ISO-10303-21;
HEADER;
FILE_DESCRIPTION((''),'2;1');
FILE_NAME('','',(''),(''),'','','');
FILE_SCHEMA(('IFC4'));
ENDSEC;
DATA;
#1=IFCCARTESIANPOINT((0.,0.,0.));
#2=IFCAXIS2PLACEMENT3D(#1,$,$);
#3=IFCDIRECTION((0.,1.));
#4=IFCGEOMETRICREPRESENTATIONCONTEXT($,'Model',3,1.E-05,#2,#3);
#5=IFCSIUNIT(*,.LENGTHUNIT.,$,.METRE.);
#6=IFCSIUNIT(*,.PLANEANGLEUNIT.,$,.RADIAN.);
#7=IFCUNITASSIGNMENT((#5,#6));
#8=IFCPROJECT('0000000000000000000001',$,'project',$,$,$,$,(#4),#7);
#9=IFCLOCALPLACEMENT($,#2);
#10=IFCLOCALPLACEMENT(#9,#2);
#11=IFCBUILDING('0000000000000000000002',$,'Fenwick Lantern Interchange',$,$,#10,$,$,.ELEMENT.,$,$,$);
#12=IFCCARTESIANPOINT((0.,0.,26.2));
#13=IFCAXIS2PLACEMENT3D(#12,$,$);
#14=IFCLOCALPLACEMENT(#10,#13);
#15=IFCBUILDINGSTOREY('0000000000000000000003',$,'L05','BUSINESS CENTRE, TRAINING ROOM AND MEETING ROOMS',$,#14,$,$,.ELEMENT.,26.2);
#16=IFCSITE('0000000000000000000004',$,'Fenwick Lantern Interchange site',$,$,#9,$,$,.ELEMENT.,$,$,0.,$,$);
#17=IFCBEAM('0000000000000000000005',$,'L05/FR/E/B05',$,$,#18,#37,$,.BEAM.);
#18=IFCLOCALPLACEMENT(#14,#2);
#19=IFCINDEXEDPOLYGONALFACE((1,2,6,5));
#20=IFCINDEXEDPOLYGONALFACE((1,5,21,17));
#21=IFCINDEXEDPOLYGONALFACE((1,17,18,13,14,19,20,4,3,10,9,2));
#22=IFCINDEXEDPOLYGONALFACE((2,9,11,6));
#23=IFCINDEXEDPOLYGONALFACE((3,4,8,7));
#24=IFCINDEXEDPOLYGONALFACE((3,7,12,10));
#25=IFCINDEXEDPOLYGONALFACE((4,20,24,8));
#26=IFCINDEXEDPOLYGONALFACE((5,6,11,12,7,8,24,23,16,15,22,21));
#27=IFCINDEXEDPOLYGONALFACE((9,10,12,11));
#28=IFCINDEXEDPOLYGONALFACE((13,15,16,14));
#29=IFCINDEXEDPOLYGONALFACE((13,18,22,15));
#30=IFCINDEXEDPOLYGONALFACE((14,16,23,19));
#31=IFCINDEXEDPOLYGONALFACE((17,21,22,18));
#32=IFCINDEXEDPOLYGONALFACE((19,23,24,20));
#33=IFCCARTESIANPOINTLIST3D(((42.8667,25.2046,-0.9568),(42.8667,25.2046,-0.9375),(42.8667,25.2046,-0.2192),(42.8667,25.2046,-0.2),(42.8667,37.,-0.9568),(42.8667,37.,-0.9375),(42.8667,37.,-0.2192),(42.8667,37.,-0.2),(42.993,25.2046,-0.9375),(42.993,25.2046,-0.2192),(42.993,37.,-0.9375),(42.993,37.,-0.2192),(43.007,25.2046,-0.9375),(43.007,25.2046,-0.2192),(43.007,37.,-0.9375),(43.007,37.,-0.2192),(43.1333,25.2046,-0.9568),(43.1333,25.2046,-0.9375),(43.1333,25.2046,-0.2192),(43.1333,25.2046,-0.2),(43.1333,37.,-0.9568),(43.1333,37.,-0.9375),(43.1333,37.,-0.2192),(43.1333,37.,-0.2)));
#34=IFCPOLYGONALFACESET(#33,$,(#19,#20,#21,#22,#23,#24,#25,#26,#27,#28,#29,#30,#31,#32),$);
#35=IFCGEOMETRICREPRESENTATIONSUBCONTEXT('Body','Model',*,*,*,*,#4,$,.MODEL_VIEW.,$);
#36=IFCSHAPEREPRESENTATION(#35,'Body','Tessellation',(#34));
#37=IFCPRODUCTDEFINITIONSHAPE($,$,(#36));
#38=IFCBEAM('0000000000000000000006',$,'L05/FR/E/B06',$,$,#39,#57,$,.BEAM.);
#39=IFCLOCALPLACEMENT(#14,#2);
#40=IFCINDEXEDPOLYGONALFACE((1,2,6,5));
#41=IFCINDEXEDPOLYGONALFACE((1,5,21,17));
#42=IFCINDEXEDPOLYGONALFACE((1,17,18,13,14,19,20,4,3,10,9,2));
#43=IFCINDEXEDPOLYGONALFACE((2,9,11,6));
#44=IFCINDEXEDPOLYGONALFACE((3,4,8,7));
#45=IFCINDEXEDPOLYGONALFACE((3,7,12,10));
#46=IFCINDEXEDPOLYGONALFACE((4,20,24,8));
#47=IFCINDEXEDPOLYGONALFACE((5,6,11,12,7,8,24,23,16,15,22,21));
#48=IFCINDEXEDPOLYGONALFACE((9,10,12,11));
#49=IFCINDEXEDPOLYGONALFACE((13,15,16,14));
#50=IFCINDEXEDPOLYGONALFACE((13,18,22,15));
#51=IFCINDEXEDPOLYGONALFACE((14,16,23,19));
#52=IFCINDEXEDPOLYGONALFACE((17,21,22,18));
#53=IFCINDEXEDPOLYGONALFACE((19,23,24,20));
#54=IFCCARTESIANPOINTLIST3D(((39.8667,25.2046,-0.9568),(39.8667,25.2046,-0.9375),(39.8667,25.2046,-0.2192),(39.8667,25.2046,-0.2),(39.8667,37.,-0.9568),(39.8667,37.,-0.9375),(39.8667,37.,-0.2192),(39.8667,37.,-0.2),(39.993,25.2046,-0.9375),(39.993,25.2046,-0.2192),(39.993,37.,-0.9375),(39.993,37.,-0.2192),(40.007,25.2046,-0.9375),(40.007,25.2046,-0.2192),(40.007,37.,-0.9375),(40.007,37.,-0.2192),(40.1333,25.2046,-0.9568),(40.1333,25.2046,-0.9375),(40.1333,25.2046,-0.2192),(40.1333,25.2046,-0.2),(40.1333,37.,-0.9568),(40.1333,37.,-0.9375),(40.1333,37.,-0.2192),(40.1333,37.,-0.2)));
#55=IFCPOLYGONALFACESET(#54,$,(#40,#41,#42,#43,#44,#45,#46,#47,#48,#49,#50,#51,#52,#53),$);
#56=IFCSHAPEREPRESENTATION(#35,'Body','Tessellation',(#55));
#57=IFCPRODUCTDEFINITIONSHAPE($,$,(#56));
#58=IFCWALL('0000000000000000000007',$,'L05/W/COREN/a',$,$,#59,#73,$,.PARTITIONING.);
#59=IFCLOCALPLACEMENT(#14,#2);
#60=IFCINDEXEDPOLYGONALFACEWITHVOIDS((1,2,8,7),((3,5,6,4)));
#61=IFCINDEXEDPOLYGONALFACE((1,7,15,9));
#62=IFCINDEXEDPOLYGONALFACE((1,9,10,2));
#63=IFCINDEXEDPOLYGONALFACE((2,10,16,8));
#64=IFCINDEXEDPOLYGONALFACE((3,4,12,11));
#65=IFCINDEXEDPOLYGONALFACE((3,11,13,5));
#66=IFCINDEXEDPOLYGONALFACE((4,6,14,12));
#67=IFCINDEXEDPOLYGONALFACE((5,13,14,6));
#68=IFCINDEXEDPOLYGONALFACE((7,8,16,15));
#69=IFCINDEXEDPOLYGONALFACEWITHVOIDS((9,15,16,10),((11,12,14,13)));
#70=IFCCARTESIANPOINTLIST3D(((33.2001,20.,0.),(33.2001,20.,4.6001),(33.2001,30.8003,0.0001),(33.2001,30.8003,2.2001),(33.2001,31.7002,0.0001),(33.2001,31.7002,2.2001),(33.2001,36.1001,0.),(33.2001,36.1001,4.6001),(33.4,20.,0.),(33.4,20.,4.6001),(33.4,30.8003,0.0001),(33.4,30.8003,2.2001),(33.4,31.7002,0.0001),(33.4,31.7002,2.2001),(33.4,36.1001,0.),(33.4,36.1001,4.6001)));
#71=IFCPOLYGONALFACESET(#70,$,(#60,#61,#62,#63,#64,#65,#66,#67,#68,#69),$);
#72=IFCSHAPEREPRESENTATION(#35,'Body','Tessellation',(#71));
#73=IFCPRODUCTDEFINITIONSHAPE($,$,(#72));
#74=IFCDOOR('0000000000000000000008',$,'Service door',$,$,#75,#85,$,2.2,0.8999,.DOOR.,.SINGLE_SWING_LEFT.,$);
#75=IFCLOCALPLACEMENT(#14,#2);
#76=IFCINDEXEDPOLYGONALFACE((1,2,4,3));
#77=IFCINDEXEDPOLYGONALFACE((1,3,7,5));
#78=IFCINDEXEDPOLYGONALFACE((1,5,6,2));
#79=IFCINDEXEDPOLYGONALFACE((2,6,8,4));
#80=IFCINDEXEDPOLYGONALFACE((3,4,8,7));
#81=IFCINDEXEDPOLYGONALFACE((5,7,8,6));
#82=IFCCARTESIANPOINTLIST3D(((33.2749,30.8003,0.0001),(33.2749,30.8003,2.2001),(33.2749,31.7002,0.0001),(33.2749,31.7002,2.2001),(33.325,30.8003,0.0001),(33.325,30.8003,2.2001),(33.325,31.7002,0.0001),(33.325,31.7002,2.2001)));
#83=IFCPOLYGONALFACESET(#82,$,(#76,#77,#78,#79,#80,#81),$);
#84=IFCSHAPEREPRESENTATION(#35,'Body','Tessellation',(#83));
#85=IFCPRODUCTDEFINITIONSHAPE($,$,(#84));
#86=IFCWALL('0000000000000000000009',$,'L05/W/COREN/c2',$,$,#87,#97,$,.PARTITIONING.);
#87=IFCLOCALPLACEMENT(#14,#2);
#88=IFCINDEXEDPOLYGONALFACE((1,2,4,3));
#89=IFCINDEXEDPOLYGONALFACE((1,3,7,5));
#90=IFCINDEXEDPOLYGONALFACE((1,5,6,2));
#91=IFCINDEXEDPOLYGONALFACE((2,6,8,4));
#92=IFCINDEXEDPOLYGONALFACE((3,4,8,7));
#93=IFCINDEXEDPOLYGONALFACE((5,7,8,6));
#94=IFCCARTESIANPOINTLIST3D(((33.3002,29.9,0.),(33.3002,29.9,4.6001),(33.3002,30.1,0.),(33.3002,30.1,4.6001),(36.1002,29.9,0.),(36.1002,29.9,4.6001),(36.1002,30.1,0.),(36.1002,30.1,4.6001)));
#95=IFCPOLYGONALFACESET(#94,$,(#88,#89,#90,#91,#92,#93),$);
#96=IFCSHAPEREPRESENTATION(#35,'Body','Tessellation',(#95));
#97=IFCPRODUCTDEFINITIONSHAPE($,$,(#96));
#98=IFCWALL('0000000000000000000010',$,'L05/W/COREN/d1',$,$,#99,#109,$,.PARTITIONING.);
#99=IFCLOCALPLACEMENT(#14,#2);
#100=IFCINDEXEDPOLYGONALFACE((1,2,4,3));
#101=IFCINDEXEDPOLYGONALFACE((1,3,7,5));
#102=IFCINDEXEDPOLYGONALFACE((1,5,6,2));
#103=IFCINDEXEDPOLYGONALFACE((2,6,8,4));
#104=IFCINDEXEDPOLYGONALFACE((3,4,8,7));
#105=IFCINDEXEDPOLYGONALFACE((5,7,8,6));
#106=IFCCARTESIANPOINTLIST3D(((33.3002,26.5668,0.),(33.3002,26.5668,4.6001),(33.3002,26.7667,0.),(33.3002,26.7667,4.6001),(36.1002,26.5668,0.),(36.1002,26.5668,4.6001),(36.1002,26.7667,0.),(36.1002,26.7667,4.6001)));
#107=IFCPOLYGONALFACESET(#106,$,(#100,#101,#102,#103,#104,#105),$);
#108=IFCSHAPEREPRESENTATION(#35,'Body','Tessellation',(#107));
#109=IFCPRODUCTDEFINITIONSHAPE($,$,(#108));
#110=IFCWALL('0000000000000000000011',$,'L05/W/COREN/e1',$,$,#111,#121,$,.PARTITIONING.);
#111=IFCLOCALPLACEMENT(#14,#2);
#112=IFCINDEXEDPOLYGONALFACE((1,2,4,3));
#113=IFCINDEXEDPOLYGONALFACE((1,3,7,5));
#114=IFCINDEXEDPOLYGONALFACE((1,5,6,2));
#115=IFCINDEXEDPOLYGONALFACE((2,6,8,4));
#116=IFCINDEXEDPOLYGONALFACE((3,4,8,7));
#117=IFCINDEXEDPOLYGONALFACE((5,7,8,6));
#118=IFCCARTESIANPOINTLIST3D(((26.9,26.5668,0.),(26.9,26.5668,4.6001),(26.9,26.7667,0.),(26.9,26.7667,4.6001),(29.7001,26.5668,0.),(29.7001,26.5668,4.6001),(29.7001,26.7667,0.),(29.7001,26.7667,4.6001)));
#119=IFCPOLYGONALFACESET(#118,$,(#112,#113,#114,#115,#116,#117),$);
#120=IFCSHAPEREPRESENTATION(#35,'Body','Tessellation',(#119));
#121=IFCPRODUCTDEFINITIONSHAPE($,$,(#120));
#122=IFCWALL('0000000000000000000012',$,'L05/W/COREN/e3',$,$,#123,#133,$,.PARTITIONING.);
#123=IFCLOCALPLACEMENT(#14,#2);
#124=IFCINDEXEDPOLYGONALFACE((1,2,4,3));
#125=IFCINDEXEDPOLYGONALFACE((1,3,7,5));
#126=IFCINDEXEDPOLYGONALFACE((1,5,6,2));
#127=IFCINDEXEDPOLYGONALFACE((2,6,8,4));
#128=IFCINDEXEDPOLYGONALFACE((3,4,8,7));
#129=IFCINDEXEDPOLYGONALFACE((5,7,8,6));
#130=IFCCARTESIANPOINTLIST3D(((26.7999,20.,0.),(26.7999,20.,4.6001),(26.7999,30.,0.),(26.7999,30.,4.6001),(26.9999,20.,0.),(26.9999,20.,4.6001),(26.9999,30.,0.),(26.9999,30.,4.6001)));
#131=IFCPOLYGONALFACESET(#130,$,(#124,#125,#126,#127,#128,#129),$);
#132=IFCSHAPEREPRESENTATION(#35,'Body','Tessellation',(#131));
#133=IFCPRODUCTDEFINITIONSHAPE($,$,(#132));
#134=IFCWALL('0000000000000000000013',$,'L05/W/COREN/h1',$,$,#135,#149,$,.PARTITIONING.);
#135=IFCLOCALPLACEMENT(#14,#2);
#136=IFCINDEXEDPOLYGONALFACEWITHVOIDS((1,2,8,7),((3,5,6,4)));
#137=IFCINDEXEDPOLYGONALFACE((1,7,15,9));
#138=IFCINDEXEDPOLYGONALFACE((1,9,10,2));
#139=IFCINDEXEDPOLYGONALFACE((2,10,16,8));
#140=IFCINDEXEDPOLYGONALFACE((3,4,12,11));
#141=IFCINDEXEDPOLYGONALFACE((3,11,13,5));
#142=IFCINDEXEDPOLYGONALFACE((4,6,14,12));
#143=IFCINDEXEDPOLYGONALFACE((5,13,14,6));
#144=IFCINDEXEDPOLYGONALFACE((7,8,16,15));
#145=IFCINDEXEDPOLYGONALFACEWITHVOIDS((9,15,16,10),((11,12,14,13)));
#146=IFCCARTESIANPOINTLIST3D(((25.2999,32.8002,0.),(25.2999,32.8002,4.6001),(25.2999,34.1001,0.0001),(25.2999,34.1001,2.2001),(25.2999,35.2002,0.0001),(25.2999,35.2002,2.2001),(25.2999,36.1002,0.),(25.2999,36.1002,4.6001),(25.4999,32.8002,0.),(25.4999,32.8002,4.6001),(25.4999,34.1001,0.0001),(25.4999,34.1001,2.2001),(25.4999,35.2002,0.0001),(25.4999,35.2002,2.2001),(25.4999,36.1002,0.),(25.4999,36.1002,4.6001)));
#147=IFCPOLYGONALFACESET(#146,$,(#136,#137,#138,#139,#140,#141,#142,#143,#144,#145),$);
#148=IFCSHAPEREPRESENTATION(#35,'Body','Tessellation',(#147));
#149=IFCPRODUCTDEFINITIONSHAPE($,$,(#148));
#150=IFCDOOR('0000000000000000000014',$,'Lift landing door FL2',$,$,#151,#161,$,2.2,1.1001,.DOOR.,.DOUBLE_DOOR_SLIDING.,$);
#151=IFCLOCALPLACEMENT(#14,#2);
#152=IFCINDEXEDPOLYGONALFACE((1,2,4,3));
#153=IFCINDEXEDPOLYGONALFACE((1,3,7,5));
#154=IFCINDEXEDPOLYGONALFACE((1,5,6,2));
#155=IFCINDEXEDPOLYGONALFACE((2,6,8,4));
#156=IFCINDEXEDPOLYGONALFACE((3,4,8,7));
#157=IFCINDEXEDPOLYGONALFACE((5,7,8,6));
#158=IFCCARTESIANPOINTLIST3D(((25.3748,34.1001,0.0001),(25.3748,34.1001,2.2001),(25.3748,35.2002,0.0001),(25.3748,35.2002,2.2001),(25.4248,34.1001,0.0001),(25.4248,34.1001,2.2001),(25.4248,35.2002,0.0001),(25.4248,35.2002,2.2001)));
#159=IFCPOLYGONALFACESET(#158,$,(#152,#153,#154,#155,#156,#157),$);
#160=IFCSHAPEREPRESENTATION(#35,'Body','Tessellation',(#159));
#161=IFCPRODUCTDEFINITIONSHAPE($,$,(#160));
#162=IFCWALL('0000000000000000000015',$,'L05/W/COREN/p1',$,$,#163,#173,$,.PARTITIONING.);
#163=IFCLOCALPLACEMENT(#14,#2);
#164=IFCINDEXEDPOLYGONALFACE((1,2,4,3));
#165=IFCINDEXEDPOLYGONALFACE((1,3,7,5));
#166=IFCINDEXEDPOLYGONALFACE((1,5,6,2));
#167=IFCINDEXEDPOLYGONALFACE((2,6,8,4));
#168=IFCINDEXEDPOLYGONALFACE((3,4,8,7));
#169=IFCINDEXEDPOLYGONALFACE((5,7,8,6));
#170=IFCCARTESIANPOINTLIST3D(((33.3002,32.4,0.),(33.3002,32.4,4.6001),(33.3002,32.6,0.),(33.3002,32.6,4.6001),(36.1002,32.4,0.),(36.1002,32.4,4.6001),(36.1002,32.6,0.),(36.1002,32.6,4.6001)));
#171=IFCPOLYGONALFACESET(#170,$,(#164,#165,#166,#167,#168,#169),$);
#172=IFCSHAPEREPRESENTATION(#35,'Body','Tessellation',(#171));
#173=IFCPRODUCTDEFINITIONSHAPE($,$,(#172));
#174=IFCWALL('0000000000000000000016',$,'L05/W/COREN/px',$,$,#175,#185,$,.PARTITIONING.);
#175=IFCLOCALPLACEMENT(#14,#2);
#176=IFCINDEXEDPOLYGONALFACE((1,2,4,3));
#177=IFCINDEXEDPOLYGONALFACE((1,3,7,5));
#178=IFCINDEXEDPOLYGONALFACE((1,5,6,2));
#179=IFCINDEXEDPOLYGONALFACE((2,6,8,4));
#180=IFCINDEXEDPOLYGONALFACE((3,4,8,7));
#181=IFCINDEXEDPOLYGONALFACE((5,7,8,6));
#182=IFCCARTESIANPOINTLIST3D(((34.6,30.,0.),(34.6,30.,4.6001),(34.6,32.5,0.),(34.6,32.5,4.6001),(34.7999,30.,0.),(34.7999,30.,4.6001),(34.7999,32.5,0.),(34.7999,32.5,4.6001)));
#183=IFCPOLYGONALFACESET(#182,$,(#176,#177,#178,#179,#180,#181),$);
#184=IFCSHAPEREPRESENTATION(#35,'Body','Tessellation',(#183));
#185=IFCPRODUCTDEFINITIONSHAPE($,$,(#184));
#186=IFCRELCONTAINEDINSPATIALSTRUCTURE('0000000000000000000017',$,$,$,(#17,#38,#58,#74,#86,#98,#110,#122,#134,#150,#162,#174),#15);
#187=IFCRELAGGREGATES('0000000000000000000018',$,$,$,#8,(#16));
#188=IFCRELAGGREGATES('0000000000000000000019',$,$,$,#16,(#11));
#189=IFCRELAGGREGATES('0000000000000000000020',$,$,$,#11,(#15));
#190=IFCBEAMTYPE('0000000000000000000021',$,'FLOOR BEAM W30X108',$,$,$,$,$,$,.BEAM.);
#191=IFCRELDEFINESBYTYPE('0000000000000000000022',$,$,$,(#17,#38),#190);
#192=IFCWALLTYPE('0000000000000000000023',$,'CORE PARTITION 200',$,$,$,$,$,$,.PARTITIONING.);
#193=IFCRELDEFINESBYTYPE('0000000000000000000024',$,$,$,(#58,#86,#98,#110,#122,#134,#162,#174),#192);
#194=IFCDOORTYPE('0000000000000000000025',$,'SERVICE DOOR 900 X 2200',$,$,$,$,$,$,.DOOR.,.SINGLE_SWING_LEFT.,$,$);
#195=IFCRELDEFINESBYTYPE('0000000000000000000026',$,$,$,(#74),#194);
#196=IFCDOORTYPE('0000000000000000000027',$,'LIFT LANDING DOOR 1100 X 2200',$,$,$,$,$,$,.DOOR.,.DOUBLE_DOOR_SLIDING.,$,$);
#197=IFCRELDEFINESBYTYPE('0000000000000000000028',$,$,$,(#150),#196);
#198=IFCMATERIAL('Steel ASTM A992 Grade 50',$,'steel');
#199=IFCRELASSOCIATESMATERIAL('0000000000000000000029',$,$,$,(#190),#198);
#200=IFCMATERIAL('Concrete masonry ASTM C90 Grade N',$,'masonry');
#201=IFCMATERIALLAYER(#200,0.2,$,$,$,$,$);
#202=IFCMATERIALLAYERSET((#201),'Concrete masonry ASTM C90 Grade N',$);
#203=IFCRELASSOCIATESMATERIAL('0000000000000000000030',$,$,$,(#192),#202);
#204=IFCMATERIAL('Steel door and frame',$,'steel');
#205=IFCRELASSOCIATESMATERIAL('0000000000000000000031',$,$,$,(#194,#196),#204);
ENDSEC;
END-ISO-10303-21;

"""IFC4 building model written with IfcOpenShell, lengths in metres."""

from ifc_helpers import new_model, si_unit, direction, frame, frame_2d, origin, origin_2d, place, context, subcontext, project, spatial, rectangle, i_section, extrude, material, layer, layer_set, material_profile, profile_set, type_object, element, fill, save


model = new_model("IFC4")

# Units and contexts
model_context = context("Model", 3, precision=1e-05, world=origin(), true_north=direction((0.0, 1.0)))
body_context = subcontext(model_context, "Body", "Model", "MODEL_VIEW")
ifc_project = project(units=[si_unit("LENGTHUNIT", "METRE"), si_unit("PLANEANGLEUNIT", "RADIAN")], contexts=[model_context])

# Site, building, storey
site_placement = place(None, origin())
site = spatial("IfcSite", under=ifc_project, at=site_placement, Name="Fenwick Lantern Interchange site", CompositionType="ELEMENT", RefElevation=0.0)
building_placement = place(site_placement, origin())
building = spatial("IfcBuilding", under=site, at=building_placement, Name="Fenwick Lantern Interchange", CompositionType="ELEMENT")
storey_placement = place(building_placement, frame((0.0, 0.0, 26.2)))
storey = spatial("IfcBuildingStorey", under=building, at=storey_placement, Name="L05", Description="BUSINESS CENTRE, TRAINING ROOM AND MEETING ROOMS", CompositionType="ELEMENT", Elevation=26.2)

# Beams
ifc_material_1 = material(Name="Steel ASTM A992 Grade 50", Category="steel")
ifc_material_profile = material_profile(ifc_material_1, i_section(OverallWidth=0.2666, OverallDepth=0.7568, WebThickness=0.0139, FlangeThickness=0.0193, at=origin_2d()), Name="W30X108")
ifc_profile_set = profile_set([ifc_material_profile], Name="Steel ASTM A992 Grade 50")
beam_type = type_object("IfcBeamType", Name="FLOOR BEAM W30X108", PredefinedType="BEAM", material=ifc_profile_set)
for number, where, z_axis, x_axis, name in (
    (1, (43.0, 25.2046, -0.5784), (0.0, 1.0, 0.0), (-1.0, 0.0, 0.0), "L05/FR/E/B05"),
    (2, (40.0, 25.2046, -0.5784), (0.0, 1.0, 0.0), (-1.0, 0.0, 0.0), "L05/FR/E/B06"),
):
    element("IfcBeam", number, at=place(storey_placement, frame(where, z_axis=z_axis, x_axis=x_axis)), inside=storey, type_object=beam_type, Name=name, PredefinedType="BEAM", context=body_context, shape_type="SweptSolid", body=[
        extrude(i_section(OverallWidth=0.2666, OverallDepth=0.7568, WebThickness=0.0139, FlangeThickness=0.0193, at=origin_2d()), origin(), (0.0, 0.0, 1.0), 11.7954),
    ])

# Wall, opening, door
ifc_material_2 = material(Name="Concrete masonry ASTM C90 Grade N", Category="masonry")
ifc_layer_1 = layer(ifc_material_2, 0.2)
ifc_layer_set_1 = layer_set([ifc_layer_1], Name="Concrete masonry ASTM C90 Grade N")
wall_type_1 = type_object("IfcWallType", Name="CORE PARTITION 200", PredefinedType="PARTITIONING", material=ifc_layer_set_1)
wall_1_placement = place(storey_placement, frame((33.3, 36.1001, 0.0), z_axis=(0.0, 0.0, 1.0), x_axis=(0.0, -1.0, 0.0)))
wall_1 = element("IfcWall", 3, at=wall_1_placement, inside=storey, type_object=wall_type_1, Name="L05/W/COREN/a", PredefinedType="PARTITIONING", context=body_context, shape_type="SweptSolid", body=[
    extrude(rectangle(XDim=16.1001, YDim=0.2, at=frame_2d((8.05, 0.0))), origin(), (0.0, 0.0, 1.0), 4.6001),
])
opening_1_placement = place(wall_1_placement, frame((4.3999, 0.0, 0.0)))
opening_1 = element("IfcOpeningElement", 4, at=opening_1_placement, cuts=wall_1, PredefinedType="OPENING", context=body_context, shape_type="SweptSolid", body=[
    extrude(rectangle(XDim=0.8999, YDim=2.2, at=frame_2d((0.45, 1.1001))), frame((0.0, 0.1099, 0.0), z_axis=(0.0, -1.0, 0.0), x_axis=(1.0, 0.0, 0.0)), (0.0, 0.0, 1.0), 0.22),
])
ifc_material_3 = material(Name="Steel door and frame", Category="steel")
door_type_1 = type_object("IfcDoorType", Name="SERVICE DOOR 900 X 2200", OperationType="SINGLE_SWING_LEFT", PredefinedType="DOOR", material=ifc_material_3)
door_1_placement = place(opening_1_placement, origin())
door_1 = element("IfcDoor", 5, at=door_1_placement, inside=storey, type_object=door_type_1, Name="Service door", OperationType="SINGLE_SWING_LEFT", OverallHeight=2.2, OverallWidth=0.8999, PredefinedType="DOOR", context=body_context, shape_type="SweptSolid", body=[
    extrude(rectangle(XDim=0.8999, YDim=2.2, at=frame_2d((0.45, 1.1001))), frame((0.0, 0.0249, 0.0), z_axis=(0.0, -1.0, 0.0), x_axis=(1.0, 0.0, 0.0)), (0.0, 0.0, 1.0), 0.05),
])
fill(opening_1, door_1)

# Walls
for number, where, z_axis, x_axis, name in (
    (6, (36.1001, 30.0, 0.0), (0.0, 0.0, 1.0), (-1.0, 0.0, 0.0), "L05/W/COREN/c2"),
    (7, (36.1001, 26.6667, 0.0), (0.0, 0.0, 1.0), (-1.0, 0.0, 0.0), "L05/W/COREN/d1"),
    (8, (29.7, 26.6667, 0.0), (0.0, 0.0, 1.0), (-1.0, 0.0, 0.0), "L05/W/COREN/e1"),
):
    element("IfcWall", number, at=place(storey_placement, frame(where, z_axis=z_axis, x_axis=x_axis)), inside=storey, type_object=wall_type_1, Name=name, PredefinedType="PARTITIONING", context=body_context, shape_type="SweptSolid", body=[
        extrude(rectangle(XDim=2.8, YDim=0.2, at=frame_2d((1.3999, 0.0))), origin(), (0.0, 0.0, 1.0), 4.6001),
    ])
wall_2_placement = place(storey_placement, frame((26.8999, 30.0, 0.0), z_axis=(0.0, 0.0, 1.0), x_axis=(0.0, -1.0, 0.0)))
element("IfcWall", 9, at=wall_2_placement, inside=storey, type_object=wall_type_1, Name="L05/W/COREN/e3", PredefinedType="PARTITIONING", context=body_context, shape_type="SweptSolid", body=[
    extrude(rectangle(XDim=10.0, YDim=0.2, at=frame_2d((5.0, 0.0))), origin(), (0.0, 0.0, 1.0), 4.6001),
])

# Wall, opening, door
wall_3_placement = place(storey_placement, frame((25.3999, 36.1001, 0.0), z_axis=(0.0, 0.0, 1.0), x_axis=(0.0, -1.0, 0.0)))
wall_3 = element("IfcWall", 10, at=wall_3_placement, inside=storey, type_object=wall_type_1, Name="L05/W/COREN/h1", PredefinedType="PARTITIONING", context=body_context, shape_type="SweptSolid", body=[
    extrude(rectangle(XDim=3.3, YDim=0.2, at=frame_2d((1.6499, 0.0))), origin(), (0.0, 0.0, 1.0), 4.6001),
])
opening_2_placement = place(wall_3_placement, frame((0.8999, 0.0, 0.0)))
opening_2 = element("IfcOpeningElement", 11, at=opening_2_placement, cuts=wall_3, PredefinedType="OPENING", context=body_context, shape_type="SweptSolid", body=[
    extrude(rectangle(XDim=1.1001, YDim=2.2, at=frame_2d((0.55, 1.1001))), frame((0.0, 0.1099, 0.0), z_axis=(0.0, -1.0, 0.0), x_axis=(1.0, 0.0, 0.0)), (0.0, 0.0, 1.0), 0.22),
])
door_type_2 = type_object("IfcDoorType", Name="LIFT LANDING DOOR 1100 X 2200", OperationType="DOUBLE_DOOR_SLIDING", PredefinedType="DOOR", material=ifc_material_3)
door_2_placement = place(opening_2_placement, origin())
door_2 = element("IfcDoor", 12, at=door_2_placement, inside=storey, type_object=door_type_2, Name="Lift landing door FL2", OperationType="DOUBLE_DOOR_SLIDING", OverallHeight=2.2, OverallWidth=1.1001, PredefinedType="DOOR", context=body_context, shape_type="SweptSolid", body=[
    extrude(rectangle(XDim=1.1001, YDim=2.2, at=frame_2d((0.55, 1.1001))), frame((0.0, 0.0249, 0.0), z_axis=(0.0, -1.0, 0.0), x_axis=(1.0, 0.0, 0.0)), (0.0, 0.0, 1.0), 0.05),
])
fill(opening_2, door_2)

# Walls
wall_4_placement = place(storey_placement, frame((36.1001, 32.5, 0.0), z_axis=(0.0, 0.0, 1.0), x_axis=(-1.0, 0.0, 0.0)))
element("IfcWall", 13, at=wall_4_placement, inside=storey, type_object=wall_type_1, Name="L05/W/COREN/p1", PredefinedType="PARTITIONING", context=body_context, shape_type="SweptSolid", body=[
    extrude(rectangle(XDim=2.8, YDim=0.2, at=frame_2d((1.3999, 0.0))), origin(), (0.0, 0.0, 1.0), 4.6001),
])
wall_5_placement = place(storey_placement, frame((34.7, 32.5, 0.0), z_axis=(0.0, 0.0, 1.0), x_axis=(0.0, -1.0, 0.0)))
element("IfcWall", 14, at=wall_5_placement, inside=storey, type_object=wall_type_1, Name="L05/W/COREN/px", PredefinedType="PARTITIONING", context=body_context, shape_type="SweptSolid", body=[
    extrude(rectangle(XDim=2.5, YDim=0.2, at=frame_2d((1.25, 0.0))), origin(), (0.0, 0.0, 1.0), 4.6001),
])

save(model, "model.ifc")
